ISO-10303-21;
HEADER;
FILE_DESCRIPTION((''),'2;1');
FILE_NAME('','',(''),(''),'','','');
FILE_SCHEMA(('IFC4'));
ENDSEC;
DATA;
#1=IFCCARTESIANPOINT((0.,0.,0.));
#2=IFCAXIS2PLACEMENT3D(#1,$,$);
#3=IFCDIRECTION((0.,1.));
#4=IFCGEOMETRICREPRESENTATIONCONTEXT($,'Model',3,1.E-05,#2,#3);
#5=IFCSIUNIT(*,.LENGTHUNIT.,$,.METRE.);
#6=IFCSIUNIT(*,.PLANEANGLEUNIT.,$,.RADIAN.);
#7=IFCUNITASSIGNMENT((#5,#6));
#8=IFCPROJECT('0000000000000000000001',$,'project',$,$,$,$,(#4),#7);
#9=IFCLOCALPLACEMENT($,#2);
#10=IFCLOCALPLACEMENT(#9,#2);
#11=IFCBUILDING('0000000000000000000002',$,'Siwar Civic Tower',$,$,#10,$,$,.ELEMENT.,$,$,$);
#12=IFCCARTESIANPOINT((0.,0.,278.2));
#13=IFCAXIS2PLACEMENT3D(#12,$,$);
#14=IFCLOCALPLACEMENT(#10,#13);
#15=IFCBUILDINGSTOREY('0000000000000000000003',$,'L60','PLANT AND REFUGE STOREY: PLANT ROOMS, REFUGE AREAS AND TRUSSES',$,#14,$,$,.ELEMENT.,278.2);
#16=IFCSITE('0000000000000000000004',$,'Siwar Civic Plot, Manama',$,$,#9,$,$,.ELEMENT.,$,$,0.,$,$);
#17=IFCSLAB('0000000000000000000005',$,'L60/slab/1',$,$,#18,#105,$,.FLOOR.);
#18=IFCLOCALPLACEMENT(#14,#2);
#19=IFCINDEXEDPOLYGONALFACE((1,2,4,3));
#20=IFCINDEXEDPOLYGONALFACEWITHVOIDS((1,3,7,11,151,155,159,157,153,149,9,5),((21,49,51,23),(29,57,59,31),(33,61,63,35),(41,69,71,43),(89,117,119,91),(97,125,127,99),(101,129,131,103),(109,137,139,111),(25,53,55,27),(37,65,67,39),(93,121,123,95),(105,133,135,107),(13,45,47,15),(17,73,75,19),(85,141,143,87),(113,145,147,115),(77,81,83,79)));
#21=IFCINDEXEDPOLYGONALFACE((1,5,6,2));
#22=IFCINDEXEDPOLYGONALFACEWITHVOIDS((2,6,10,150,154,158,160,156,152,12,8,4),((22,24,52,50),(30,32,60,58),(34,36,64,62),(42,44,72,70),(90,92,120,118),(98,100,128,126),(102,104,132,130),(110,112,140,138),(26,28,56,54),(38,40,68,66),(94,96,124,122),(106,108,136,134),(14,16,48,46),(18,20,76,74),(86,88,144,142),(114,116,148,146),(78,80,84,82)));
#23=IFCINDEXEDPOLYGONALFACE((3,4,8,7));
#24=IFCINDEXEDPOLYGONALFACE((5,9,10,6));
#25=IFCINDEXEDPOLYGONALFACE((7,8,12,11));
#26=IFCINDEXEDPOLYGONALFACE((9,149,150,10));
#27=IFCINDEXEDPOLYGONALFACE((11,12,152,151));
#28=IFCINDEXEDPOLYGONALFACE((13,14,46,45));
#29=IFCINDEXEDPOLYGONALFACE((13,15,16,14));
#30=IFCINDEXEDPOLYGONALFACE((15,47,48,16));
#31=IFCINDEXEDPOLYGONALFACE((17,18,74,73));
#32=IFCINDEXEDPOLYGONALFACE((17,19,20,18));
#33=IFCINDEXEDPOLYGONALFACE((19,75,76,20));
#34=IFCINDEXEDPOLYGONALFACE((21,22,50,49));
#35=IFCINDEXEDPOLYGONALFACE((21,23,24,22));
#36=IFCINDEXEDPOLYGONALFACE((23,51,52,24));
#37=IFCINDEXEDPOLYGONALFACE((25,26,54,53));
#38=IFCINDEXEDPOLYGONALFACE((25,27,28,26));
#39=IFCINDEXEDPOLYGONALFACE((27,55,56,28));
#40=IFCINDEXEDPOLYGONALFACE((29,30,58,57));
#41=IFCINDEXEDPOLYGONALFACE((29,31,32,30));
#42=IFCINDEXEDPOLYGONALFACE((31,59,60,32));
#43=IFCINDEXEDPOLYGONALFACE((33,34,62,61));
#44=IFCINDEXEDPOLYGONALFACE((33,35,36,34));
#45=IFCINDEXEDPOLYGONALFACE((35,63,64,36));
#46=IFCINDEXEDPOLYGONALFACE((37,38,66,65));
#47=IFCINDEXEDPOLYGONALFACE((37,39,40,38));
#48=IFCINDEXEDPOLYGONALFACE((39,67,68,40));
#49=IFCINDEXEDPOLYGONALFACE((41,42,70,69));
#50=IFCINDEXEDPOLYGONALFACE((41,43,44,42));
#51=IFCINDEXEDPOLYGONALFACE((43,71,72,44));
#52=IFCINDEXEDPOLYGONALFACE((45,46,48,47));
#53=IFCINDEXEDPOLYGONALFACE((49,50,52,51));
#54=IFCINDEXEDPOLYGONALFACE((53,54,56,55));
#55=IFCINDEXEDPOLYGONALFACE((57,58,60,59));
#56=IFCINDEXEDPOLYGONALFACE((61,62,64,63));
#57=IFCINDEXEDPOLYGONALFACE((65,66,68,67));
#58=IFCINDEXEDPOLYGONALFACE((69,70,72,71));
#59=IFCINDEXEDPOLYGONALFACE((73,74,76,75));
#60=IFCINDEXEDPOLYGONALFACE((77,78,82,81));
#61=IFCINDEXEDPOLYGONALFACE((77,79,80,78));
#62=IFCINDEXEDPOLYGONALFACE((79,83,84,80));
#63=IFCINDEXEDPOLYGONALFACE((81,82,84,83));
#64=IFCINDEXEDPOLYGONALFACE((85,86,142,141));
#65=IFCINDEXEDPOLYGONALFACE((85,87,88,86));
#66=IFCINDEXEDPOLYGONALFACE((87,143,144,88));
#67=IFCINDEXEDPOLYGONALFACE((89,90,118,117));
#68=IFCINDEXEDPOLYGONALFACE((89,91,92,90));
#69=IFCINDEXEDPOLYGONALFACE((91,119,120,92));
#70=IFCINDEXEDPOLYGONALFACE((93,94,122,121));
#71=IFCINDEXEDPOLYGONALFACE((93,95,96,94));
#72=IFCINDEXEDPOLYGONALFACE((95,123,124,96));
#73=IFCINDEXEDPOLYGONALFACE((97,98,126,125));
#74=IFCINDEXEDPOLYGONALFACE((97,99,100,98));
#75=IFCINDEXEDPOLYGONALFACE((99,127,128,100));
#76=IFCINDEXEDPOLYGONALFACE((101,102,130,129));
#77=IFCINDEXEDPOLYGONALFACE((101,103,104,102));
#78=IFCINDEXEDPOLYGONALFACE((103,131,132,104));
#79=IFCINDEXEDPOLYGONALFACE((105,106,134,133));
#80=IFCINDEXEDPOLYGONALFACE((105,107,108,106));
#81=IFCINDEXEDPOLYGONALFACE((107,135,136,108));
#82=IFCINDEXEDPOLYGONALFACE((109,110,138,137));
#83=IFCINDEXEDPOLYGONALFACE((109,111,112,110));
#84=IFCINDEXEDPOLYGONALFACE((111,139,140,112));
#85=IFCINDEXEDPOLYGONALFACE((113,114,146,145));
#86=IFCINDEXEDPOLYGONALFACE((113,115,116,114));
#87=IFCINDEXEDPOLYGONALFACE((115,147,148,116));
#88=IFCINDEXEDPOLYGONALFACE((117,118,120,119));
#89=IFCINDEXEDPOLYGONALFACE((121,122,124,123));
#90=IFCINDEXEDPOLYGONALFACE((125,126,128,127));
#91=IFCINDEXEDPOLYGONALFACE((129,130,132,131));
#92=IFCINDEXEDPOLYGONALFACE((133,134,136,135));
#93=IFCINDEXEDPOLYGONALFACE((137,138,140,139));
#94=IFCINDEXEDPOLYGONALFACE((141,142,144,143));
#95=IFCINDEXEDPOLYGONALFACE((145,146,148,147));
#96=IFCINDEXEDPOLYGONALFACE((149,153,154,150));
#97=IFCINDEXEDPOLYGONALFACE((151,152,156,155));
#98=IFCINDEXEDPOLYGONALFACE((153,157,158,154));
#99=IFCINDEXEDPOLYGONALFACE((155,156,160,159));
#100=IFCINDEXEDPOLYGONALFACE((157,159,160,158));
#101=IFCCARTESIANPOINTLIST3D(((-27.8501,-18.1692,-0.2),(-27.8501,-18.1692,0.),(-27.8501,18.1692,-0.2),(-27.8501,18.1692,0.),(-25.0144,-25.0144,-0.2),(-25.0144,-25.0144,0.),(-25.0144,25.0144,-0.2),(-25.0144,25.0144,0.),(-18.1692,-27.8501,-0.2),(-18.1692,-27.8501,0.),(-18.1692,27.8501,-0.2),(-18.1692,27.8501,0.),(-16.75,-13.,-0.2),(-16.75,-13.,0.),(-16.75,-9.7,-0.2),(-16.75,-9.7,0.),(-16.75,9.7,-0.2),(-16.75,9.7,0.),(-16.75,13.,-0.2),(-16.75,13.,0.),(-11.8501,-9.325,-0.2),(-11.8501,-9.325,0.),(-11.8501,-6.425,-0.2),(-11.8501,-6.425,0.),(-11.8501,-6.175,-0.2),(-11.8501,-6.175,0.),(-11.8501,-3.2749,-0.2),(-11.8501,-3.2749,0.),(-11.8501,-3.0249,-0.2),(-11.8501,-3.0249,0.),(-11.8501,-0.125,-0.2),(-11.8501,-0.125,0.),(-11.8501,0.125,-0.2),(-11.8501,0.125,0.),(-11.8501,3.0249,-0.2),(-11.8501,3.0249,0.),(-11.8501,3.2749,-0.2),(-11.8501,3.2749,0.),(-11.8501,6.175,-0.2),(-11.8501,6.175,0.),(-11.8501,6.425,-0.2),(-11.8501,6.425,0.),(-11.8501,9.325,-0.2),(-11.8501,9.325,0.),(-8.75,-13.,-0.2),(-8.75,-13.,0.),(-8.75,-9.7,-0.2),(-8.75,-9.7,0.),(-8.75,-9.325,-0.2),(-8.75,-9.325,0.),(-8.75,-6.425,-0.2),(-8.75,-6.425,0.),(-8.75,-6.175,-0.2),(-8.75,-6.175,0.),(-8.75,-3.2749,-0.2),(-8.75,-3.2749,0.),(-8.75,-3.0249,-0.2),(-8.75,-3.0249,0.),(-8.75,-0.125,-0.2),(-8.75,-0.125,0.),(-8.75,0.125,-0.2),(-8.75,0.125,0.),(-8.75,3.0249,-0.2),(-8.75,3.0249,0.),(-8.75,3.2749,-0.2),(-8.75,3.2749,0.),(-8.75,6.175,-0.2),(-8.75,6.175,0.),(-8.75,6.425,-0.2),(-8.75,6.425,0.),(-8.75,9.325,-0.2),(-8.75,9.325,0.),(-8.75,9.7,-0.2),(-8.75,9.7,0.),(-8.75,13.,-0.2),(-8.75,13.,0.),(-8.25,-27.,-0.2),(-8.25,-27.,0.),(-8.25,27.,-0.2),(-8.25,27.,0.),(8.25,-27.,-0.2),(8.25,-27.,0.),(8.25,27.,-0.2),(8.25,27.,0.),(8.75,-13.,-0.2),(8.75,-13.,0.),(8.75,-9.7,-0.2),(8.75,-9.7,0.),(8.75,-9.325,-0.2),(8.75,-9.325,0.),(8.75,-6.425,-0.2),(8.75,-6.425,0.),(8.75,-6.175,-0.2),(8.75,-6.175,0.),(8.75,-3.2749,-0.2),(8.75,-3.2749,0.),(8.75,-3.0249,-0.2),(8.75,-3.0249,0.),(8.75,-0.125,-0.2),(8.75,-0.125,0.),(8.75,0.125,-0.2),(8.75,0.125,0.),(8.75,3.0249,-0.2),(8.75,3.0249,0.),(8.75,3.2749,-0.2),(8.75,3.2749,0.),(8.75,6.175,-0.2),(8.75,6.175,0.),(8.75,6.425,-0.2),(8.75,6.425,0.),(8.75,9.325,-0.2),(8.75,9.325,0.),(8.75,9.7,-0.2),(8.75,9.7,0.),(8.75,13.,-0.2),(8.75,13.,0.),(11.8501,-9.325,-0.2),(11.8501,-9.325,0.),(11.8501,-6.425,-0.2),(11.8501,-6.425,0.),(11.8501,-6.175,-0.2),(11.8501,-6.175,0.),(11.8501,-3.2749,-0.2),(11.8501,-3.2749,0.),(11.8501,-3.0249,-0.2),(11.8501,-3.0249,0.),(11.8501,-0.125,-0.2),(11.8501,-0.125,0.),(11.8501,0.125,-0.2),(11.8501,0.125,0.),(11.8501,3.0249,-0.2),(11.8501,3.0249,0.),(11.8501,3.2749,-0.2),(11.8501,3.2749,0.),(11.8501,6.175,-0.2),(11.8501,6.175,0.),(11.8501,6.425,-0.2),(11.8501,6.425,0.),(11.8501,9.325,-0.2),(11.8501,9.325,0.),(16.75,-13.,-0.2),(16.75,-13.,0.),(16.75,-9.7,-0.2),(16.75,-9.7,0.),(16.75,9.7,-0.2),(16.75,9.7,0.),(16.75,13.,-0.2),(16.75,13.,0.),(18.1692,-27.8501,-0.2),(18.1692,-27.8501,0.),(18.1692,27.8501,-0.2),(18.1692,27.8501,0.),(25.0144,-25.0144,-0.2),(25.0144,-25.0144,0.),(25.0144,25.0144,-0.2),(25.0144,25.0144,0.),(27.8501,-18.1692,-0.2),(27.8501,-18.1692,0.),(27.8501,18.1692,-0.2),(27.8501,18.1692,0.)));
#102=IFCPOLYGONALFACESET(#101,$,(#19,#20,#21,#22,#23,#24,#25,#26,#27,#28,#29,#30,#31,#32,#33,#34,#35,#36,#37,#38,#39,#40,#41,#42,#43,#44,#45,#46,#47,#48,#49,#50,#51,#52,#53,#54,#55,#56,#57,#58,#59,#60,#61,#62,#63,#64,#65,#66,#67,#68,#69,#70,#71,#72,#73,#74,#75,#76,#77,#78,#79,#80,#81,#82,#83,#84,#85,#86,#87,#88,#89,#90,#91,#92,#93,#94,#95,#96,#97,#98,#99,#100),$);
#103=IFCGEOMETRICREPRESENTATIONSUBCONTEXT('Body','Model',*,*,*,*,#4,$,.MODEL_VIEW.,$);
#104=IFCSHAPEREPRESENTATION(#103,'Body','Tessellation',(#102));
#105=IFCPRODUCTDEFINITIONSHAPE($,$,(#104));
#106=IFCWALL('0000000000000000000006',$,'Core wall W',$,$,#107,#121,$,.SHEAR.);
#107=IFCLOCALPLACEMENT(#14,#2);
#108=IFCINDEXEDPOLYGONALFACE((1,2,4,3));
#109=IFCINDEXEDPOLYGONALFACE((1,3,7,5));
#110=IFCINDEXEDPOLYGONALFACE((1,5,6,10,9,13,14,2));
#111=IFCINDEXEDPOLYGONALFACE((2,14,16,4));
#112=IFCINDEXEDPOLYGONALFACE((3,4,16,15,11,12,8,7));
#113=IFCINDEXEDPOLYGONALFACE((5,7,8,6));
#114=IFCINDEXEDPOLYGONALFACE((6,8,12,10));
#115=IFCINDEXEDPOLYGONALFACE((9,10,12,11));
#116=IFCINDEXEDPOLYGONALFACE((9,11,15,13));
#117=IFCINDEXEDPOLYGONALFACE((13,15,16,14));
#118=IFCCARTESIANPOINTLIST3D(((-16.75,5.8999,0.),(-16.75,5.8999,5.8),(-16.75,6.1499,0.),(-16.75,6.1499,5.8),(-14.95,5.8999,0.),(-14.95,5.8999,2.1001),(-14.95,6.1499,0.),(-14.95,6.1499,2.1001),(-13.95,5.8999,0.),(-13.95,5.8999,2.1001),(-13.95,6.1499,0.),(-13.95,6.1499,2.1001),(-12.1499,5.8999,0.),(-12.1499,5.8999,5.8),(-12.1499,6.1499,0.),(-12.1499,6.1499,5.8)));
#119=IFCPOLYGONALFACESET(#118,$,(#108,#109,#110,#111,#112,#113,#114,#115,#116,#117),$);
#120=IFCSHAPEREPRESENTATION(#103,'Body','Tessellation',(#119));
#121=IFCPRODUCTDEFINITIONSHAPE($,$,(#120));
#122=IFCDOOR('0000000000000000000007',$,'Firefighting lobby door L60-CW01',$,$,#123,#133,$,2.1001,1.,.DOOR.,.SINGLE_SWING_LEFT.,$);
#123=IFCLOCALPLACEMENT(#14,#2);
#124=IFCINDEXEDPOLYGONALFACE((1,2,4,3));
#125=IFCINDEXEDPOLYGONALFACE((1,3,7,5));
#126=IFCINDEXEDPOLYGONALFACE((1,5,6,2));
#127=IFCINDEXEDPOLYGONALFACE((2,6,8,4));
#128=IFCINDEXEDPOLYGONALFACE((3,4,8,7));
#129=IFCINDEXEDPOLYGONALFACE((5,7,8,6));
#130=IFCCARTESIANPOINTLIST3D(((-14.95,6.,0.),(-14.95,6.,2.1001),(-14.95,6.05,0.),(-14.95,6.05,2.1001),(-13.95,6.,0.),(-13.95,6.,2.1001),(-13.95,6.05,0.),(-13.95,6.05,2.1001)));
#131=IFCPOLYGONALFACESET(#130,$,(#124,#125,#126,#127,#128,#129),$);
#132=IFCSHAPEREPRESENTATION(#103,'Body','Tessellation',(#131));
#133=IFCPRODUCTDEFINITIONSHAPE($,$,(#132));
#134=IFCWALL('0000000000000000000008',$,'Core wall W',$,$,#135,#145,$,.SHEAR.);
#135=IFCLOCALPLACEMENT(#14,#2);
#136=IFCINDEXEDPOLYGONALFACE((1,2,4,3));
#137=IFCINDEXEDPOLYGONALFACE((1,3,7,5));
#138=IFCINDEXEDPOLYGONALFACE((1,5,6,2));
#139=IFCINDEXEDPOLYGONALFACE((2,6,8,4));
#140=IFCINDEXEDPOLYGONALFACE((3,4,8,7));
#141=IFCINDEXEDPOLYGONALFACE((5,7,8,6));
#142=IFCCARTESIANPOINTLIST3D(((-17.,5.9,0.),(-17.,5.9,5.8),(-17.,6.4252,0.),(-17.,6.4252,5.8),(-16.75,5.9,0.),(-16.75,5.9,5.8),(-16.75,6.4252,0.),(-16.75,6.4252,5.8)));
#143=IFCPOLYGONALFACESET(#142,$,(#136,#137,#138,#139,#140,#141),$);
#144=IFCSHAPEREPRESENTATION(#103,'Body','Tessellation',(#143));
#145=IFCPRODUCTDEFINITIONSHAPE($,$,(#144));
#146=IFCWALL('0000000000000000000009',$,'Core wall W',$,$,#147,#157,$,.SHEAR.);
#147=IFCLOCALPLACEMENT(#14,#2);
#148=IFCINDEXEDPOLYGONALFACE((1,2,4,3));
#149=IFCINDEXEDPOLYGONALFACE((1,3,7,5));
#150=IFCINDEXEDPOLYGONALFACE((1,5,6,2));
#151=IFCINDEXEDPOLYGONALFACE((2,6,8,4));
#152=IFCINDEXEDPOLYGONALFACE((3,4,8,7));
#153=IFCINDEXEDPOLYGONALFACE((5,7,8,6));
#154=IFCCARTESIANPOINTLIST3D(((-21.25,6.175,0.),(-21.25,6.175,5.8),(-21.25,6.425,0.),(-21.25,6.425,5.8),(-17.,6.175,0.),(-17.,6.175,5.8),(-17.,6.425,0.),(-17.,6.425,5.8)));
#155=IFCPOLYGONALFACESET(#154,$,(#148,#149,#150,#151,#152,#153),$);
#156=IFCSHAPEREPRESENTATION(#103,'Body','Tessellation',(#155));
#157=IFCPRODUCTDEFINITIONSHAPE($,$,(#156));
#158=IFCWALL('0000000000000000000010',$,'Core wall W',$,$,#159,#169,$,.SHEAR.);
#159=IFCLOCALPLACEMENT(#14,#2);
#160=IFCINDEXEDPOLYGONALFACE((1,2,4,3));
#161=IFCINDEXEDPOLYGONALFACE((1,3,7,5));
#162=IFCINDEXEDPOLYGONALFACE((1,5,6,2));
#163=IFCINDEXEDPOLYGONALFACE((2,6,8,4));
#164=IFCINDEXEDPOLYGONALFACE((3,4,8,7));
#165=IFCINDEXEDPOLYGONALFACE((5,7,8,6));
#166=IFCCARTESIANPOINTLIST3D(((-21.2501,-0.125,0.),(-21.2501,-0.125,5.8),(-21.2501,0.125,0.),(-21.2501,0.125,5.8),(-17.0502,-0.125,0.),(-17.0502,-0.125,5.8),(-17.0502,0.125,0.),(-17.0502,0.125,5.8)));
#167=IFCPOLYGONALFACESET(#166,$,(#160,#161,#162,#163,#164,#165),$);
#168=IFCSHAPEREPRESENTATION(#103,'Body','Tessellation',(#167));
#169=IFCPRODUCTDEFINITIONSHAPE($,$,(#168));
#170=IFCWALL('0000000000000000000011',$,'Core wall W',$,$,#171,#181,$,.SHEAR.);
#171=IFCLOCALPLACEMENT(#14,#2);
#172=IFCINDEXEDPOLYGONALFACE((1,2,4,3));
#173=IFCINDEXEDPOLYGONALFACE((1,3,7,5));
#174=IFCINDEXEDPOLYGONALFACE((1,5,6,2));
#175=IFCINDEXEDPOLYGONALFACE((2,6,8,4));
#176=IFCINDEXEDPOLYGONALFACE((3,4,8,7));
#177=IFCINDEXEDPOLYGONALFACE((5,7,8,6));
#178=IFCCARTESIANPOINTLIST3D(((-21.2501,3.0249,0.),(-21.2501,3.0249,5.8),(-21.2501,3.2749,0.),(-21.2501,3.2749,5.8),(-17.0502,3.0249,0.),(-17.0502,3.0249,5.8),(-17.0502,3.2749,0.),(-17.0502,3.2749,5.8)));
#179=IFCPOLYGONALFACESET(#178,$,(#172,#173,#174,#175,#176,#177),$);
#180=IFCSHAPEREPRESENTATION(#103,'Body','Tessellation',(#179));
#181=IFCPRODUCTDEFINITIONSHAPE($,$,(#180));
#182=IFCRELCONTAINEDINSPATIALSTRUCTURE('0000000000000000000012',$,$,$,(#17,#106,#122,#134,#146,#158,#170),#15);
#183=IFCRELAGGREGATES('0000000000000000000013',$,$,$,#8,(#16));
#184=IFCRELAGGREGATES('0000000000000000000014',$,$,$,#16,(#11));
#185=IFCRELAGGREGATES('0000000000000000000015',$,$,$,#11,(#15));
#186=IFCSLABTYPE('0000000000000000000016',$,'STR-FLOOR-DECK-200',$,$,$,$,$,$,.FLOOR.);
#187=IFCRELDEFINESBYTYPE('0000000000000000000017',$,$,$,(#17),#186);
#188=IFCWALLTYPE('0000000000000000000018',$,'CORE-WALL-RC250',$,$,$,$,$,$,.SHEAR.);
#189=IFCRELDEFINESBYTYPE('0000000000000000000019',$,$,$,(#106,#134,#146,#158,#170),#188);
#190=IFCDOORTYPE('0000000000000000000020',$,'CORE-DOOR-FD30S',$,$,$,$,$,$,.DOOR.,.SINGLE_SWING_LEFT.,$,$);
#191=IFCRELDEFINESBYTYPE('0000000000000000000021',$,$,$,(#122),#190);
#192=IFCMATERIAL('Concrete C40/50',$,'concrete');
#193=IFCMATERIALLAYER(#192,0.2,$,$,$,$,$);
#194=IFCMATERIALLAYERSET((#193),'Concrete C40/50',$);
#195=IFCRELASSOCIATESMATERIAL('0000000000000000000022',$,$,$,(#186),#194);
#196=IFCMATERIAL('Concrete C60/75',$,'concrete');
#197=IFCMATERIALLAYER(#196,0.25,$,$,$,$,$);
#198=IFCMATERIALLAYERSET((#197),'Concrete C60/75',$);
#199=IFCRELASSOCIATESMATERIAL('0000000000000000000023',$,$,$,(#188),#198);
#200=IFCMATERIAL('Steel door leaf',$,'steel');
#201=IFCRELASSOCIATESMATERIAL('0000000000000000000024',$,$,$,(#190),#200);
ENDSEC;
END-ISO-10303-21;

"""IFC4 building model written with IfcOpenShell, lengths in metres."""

from ifc_helpers import new_model, si_unit, direction, frame, frame_2d, origin, place, context, subcontext, project, spatial, polyline, rectangle, outline, extrude, material, layer, layer_set, type_object, element, fill, save


model = new_model("IFC4")

# Units and contexts
model_context = context("Model", 3, precision=1e-05, world=origin(), true_north=direction((0.0, 1.0)))
body_context = subcontext(model_context, "Body", "Model", "MODEL_VIEW")
ifc_project = project(units=[si_unit("LENGTHUNIT", "METRE"), si_unit("PLANEANGLEUNIT", "RADIAN")], contexts=[model_context])

# Site, building, storey
site_placement = place(None, origin())
site = spatial("IfcSite", under=ifc_project, at=site_placement, Name="Siwar Civic Plot, Manama", CompositionType="ELEMENT", RefElevation=0.0)
building_placement = place(site_placement, origin())
building = spatial("IfcBuilding", under=site, at=building_placement, Name="Siwar Civic Tower", CompositionType="ELEMENT")
storey_placement = place(building_placement, frame((0.0, 0.0, 278.2)))
storey = spatial("IfcBuildingStorey", under=building, at=storey_placement, Name="L60", Description="PLANT AND REFUGE STOREY: PLANT ROOMS, REFUGE AREAS AND TRUSSES", CompositionType="ELEMENT", Elevation=278.2)

# Slab
ifc_material_1 = material(Name="Concrete C40/50", Category="concrete")
ifc_layer_1 = layer(ifc_material_1, 0.2)
ifc_layer_set_1 = layer_set([ifc_layer_1], Name="Concrete C40/50")
slab_type = type_object("IfcSlabType", Name="STR-FLOOR-DECK-200", PredefinedType="FLOOR", material=ifc_layer_set_1)
slab_placement = place(storey_placement, frame((0.0, 0.0, -0.2)))
element("IfcSlab", 1, at=slab_placement, inside=storey, type_object=slab_type, Name="L60/slab/1", PredefinedType="FLOOR", context=body_context, shape_type="SweptSolid", body=[
    extrude(outline(polyline([(-18.1692, -27.8501), (18.1692, -27.8501), (25.0144, -25.0144), (27.8501, -18.1692), (27.8501, 18.1692), (25.0144, 25.0144), (18.1692, 27.8501), (-18.1692, 27.8501), (-25.0144, 25.0144), (-27.8501, 18.1692), (-27.8501, -18.1692), (-25.0144, -25.0144), (-18.1692, -27.8501)]), holes=[polyline([(16.75, 13.0), (16.75, 9.7), (8.75, 9.7), (8.75, 13.0), (16.75, 13.0)]), polyline([(8.75, -9.7), (16.75, -9.7), (16.75, -13.0), (8.75, -13.0), (8.75, -9.7)]), polyline([(11.8501, 9.325), (11.8501, 6.425), (8.75, 6.425), (8.75, 9.325), (11.8501, 9.325)]), polyline([(8.75, 6.175), (11.8501, 6.175), (11.8501, 3.2749), (8.75, 3.2749), (8.75, 6.175)]), polyline([(8.75, 3.0249), (11.8501, 3.0249), (11.8501, 0.125), (8.75, 0.125), (8.75, 3.0249)]), polyline([(8.75, -0.125), (11.8501, -0.125), (11.8501, -3.0249), (8.75, -3.0249), (8.75, -0.125)]), polyline([(8.75, -3.2749), (11.8501, -3.2749), (11.8501, -6.175), (8.75, -6.175), (8.75, -3.2749)]), polyline([(8.75, -6.425), (11.8501, -6.425), (11.8501, -9.325), (8.75, -9.325), (8.75, -6.425)]), polyline([(8.25, -27.0), (-8.25, -27.0), (-8.25, 27.0), (8.25, 27.0), (8.25, -27.0)]), polyline([(-8.75, -13.0), (-16.75, -13.0), (-16.75, -9.7), (-8.75, -9.7), (-8.75, -13.0)]), polyline([(-8.75, 9.7), (-16.75, 9.7), (-16.75, 13.0), (-8.75, 13.0), (-8.75, 9.7)]), polyline([(-8.75, 6.425), (-11.8501, 6.425), (-11.8501, 9.325), (-8.75, 9.325), (-8.75, 6.425)]), polyline([(-8.75, 3.2749), (-11.8501, 3.2749), (-11.8501, 6.175), (-8.75, 6.175), (-8.75, 3.2749)]), polyline([(-8.75, 0.125), (-11.8501, 0.125), (-11.8501, 3.0249), (-8.75, 3.0249), (-8.75, 0.125)]), polyline([(-8.75, -3.0249), (-11.8501, -3.0249), (-11.8501, -0.125), (-8.75, -0.125), (-8.75, -3.0249)]), polyline([(-8.75, -6.175), (-11.8501, -6.175), (-11.8501, -3.2749), (-8.75, -3.2749), (-8.75, -6.175)]), polyline([(-8.75, -9.325), (-11.8501, -9.325), (-11.8501, -6.425), (-8.75, -6.425), (-8.75, -9.325)])]), origin(), (0.0, 0.0, 1.0), 0.2),
])

# Wall, opening, door
ifc_material_2 = material(Name="Concrete C60/75", Category="concrete")
ifc_layer_2 = layer(ifc_material_2, 0.25)
ifc_layer_set_2 = layer_set([ifc_layer_2], Name="Concrete C60/75")
wall_type_1 = type_object("IfcWallType", Name="CORE-WALL-RC250", PredefinedType="SHEAR", material=ifc_layer_set_2)
wall_1_placement = place(storey_placement, frame((-12.1499, 6.0249, 0.0), z_axis=(0.0, 0.0, 1.0), x_axis=(-1.0, 0.0, 0.0)))
wall_1 = element("IfcWall", 2, at=wall_1_placement, inside=storey, type_object=wall_type_1, Name="Core wall W", PredefinedType="SHEAR", context=body_context, shape_type="SweptSolid", body=[
    extrude(rectangle(XDim=4.6001, YDim=0.25, at=frame_2d((2.3, 0.0))), origin(), (0.0, 0.0, 1.0), 5.8),
])
opening_1_placement = place(wall_1_placement, frame((1.8, 0.0, 0.0)))
opening_1 = element("IfcOpeningElement", 3, at=opening_1_placement, cuts=wall_1, PredefinedType="OPENING", context=body_context, shape_type="SweptSolid", body=[
    extrude(rectangle(XDim=1.0, YDim=2.1001, at=frame_2d((0.5, 1.05))), frame((0.0, 0.135, 0.0), z_axis=(0.0, -1.0, 0.0), x_axis=(1.0, 0.0, 0.0)), (0.0, 0.0, 1.0), 0.27),
])
ifc_material_3 = material(Name="Steel door leaf", Category="steel")
door_type_1 = type_object("IfcDoorType", Name="CORE-DOOR-FD30S", OperationType="SINGLE_SWING_LEFT", PredefinedType="DOOR", material=ifc_material_3)
door_1_placement = place(opening_1_placement, origin())
door_1 = element("IfcDoor", 4, at=door_1_placement, inside=storey, type_object=door_type_1, Name="Firefighting lobby door L60-CW01", OperationType="SINGLE_SWING_LEFT", OverallHeight=2.1001, OverallWidth=1.0, PredefinedType="DOOR", context=body_context, shape_type="SweptSolid", body=[
    extrude(rectangle(XDim=1.0, YDim=2.1001, at=frame_2d((0.5, 1.05))), frame((0.0, 0.0249, 0.0), z_axis=(0.0, -1.0, 0.0), x_axis=(1.0, 0.0, 0.0)), (0.0, 0.0, 1.0), 0.05),
])
fill(opening_1, door_1)

# Walls
wall_2_placement = place(storey_placement, frame((-16.875, 5.8999, 0.0), z_axis=(0.0, 0.0, 1.0), x_axis=(0.0, 1.0, 0.0)))
element("IfcWall", 5, at=wall_2_placement, inside=storey, type_object=wall_type_1, Name="Core wall W", PredefinedType="SHEAR", context=body_context, shape_type="SweptSolid", body=[
    extrude(rectangle(XDim=0.5251, YDim=0.25, at=frame_2d((0.2627, 0.0))), origin(), (0.0, 0.0, 1.0), 5.8),
])
wall_3_placement = place(storey_placement, frame((-17.0, 6.3, 0.0), z_axis=(0.0, 0.0, 1.0), x_axis=(-1.0, 0.0, 0.0)))
element("IfcWall", 6, at=wall_3_placement, inside=storey, type_object=wall_type_1, Name="Core wall W", PredefinedType="SHEAR", context=body_context, shape_type="SweptSolid", body=[
    extrude(rectangle(XDim=4.25, YDim=0.25, at=frame_2d((2.125, 0.0))), origin(), (0.0, 0.0, 1.0), 5.8),
])
for number, where, z_axis, x_axis, name in (
    (7, (-17.05, 0.0, 0.0), (0.0, 0.0, 1.0), (-1.0, 0.0, 0.0), "Core wall W"),
    (8, (-17.05, 3.1499, 0.0), (0.0, 0.0, 1.0), (-1.0, 0.0, 0.0), "Core wall W"),
):
    element("IfcWall", number, at=place(storey_placement, frame(where, z_axis=z_axis, x_axis=x_axis)), inside=storey, type_object=wall_type_1, Name=name, PredefinedType="SHEAR", context=body_context, shape_type="SweptSolid", body=[
        extrude(rectangle(XDim=4.2, YDim=0.25, at=frame_2d((2.1001, 0.0))), origin(), (0.0, 0.0, 1.0), 5.8),
    ])

save(model, "model.ifc")
